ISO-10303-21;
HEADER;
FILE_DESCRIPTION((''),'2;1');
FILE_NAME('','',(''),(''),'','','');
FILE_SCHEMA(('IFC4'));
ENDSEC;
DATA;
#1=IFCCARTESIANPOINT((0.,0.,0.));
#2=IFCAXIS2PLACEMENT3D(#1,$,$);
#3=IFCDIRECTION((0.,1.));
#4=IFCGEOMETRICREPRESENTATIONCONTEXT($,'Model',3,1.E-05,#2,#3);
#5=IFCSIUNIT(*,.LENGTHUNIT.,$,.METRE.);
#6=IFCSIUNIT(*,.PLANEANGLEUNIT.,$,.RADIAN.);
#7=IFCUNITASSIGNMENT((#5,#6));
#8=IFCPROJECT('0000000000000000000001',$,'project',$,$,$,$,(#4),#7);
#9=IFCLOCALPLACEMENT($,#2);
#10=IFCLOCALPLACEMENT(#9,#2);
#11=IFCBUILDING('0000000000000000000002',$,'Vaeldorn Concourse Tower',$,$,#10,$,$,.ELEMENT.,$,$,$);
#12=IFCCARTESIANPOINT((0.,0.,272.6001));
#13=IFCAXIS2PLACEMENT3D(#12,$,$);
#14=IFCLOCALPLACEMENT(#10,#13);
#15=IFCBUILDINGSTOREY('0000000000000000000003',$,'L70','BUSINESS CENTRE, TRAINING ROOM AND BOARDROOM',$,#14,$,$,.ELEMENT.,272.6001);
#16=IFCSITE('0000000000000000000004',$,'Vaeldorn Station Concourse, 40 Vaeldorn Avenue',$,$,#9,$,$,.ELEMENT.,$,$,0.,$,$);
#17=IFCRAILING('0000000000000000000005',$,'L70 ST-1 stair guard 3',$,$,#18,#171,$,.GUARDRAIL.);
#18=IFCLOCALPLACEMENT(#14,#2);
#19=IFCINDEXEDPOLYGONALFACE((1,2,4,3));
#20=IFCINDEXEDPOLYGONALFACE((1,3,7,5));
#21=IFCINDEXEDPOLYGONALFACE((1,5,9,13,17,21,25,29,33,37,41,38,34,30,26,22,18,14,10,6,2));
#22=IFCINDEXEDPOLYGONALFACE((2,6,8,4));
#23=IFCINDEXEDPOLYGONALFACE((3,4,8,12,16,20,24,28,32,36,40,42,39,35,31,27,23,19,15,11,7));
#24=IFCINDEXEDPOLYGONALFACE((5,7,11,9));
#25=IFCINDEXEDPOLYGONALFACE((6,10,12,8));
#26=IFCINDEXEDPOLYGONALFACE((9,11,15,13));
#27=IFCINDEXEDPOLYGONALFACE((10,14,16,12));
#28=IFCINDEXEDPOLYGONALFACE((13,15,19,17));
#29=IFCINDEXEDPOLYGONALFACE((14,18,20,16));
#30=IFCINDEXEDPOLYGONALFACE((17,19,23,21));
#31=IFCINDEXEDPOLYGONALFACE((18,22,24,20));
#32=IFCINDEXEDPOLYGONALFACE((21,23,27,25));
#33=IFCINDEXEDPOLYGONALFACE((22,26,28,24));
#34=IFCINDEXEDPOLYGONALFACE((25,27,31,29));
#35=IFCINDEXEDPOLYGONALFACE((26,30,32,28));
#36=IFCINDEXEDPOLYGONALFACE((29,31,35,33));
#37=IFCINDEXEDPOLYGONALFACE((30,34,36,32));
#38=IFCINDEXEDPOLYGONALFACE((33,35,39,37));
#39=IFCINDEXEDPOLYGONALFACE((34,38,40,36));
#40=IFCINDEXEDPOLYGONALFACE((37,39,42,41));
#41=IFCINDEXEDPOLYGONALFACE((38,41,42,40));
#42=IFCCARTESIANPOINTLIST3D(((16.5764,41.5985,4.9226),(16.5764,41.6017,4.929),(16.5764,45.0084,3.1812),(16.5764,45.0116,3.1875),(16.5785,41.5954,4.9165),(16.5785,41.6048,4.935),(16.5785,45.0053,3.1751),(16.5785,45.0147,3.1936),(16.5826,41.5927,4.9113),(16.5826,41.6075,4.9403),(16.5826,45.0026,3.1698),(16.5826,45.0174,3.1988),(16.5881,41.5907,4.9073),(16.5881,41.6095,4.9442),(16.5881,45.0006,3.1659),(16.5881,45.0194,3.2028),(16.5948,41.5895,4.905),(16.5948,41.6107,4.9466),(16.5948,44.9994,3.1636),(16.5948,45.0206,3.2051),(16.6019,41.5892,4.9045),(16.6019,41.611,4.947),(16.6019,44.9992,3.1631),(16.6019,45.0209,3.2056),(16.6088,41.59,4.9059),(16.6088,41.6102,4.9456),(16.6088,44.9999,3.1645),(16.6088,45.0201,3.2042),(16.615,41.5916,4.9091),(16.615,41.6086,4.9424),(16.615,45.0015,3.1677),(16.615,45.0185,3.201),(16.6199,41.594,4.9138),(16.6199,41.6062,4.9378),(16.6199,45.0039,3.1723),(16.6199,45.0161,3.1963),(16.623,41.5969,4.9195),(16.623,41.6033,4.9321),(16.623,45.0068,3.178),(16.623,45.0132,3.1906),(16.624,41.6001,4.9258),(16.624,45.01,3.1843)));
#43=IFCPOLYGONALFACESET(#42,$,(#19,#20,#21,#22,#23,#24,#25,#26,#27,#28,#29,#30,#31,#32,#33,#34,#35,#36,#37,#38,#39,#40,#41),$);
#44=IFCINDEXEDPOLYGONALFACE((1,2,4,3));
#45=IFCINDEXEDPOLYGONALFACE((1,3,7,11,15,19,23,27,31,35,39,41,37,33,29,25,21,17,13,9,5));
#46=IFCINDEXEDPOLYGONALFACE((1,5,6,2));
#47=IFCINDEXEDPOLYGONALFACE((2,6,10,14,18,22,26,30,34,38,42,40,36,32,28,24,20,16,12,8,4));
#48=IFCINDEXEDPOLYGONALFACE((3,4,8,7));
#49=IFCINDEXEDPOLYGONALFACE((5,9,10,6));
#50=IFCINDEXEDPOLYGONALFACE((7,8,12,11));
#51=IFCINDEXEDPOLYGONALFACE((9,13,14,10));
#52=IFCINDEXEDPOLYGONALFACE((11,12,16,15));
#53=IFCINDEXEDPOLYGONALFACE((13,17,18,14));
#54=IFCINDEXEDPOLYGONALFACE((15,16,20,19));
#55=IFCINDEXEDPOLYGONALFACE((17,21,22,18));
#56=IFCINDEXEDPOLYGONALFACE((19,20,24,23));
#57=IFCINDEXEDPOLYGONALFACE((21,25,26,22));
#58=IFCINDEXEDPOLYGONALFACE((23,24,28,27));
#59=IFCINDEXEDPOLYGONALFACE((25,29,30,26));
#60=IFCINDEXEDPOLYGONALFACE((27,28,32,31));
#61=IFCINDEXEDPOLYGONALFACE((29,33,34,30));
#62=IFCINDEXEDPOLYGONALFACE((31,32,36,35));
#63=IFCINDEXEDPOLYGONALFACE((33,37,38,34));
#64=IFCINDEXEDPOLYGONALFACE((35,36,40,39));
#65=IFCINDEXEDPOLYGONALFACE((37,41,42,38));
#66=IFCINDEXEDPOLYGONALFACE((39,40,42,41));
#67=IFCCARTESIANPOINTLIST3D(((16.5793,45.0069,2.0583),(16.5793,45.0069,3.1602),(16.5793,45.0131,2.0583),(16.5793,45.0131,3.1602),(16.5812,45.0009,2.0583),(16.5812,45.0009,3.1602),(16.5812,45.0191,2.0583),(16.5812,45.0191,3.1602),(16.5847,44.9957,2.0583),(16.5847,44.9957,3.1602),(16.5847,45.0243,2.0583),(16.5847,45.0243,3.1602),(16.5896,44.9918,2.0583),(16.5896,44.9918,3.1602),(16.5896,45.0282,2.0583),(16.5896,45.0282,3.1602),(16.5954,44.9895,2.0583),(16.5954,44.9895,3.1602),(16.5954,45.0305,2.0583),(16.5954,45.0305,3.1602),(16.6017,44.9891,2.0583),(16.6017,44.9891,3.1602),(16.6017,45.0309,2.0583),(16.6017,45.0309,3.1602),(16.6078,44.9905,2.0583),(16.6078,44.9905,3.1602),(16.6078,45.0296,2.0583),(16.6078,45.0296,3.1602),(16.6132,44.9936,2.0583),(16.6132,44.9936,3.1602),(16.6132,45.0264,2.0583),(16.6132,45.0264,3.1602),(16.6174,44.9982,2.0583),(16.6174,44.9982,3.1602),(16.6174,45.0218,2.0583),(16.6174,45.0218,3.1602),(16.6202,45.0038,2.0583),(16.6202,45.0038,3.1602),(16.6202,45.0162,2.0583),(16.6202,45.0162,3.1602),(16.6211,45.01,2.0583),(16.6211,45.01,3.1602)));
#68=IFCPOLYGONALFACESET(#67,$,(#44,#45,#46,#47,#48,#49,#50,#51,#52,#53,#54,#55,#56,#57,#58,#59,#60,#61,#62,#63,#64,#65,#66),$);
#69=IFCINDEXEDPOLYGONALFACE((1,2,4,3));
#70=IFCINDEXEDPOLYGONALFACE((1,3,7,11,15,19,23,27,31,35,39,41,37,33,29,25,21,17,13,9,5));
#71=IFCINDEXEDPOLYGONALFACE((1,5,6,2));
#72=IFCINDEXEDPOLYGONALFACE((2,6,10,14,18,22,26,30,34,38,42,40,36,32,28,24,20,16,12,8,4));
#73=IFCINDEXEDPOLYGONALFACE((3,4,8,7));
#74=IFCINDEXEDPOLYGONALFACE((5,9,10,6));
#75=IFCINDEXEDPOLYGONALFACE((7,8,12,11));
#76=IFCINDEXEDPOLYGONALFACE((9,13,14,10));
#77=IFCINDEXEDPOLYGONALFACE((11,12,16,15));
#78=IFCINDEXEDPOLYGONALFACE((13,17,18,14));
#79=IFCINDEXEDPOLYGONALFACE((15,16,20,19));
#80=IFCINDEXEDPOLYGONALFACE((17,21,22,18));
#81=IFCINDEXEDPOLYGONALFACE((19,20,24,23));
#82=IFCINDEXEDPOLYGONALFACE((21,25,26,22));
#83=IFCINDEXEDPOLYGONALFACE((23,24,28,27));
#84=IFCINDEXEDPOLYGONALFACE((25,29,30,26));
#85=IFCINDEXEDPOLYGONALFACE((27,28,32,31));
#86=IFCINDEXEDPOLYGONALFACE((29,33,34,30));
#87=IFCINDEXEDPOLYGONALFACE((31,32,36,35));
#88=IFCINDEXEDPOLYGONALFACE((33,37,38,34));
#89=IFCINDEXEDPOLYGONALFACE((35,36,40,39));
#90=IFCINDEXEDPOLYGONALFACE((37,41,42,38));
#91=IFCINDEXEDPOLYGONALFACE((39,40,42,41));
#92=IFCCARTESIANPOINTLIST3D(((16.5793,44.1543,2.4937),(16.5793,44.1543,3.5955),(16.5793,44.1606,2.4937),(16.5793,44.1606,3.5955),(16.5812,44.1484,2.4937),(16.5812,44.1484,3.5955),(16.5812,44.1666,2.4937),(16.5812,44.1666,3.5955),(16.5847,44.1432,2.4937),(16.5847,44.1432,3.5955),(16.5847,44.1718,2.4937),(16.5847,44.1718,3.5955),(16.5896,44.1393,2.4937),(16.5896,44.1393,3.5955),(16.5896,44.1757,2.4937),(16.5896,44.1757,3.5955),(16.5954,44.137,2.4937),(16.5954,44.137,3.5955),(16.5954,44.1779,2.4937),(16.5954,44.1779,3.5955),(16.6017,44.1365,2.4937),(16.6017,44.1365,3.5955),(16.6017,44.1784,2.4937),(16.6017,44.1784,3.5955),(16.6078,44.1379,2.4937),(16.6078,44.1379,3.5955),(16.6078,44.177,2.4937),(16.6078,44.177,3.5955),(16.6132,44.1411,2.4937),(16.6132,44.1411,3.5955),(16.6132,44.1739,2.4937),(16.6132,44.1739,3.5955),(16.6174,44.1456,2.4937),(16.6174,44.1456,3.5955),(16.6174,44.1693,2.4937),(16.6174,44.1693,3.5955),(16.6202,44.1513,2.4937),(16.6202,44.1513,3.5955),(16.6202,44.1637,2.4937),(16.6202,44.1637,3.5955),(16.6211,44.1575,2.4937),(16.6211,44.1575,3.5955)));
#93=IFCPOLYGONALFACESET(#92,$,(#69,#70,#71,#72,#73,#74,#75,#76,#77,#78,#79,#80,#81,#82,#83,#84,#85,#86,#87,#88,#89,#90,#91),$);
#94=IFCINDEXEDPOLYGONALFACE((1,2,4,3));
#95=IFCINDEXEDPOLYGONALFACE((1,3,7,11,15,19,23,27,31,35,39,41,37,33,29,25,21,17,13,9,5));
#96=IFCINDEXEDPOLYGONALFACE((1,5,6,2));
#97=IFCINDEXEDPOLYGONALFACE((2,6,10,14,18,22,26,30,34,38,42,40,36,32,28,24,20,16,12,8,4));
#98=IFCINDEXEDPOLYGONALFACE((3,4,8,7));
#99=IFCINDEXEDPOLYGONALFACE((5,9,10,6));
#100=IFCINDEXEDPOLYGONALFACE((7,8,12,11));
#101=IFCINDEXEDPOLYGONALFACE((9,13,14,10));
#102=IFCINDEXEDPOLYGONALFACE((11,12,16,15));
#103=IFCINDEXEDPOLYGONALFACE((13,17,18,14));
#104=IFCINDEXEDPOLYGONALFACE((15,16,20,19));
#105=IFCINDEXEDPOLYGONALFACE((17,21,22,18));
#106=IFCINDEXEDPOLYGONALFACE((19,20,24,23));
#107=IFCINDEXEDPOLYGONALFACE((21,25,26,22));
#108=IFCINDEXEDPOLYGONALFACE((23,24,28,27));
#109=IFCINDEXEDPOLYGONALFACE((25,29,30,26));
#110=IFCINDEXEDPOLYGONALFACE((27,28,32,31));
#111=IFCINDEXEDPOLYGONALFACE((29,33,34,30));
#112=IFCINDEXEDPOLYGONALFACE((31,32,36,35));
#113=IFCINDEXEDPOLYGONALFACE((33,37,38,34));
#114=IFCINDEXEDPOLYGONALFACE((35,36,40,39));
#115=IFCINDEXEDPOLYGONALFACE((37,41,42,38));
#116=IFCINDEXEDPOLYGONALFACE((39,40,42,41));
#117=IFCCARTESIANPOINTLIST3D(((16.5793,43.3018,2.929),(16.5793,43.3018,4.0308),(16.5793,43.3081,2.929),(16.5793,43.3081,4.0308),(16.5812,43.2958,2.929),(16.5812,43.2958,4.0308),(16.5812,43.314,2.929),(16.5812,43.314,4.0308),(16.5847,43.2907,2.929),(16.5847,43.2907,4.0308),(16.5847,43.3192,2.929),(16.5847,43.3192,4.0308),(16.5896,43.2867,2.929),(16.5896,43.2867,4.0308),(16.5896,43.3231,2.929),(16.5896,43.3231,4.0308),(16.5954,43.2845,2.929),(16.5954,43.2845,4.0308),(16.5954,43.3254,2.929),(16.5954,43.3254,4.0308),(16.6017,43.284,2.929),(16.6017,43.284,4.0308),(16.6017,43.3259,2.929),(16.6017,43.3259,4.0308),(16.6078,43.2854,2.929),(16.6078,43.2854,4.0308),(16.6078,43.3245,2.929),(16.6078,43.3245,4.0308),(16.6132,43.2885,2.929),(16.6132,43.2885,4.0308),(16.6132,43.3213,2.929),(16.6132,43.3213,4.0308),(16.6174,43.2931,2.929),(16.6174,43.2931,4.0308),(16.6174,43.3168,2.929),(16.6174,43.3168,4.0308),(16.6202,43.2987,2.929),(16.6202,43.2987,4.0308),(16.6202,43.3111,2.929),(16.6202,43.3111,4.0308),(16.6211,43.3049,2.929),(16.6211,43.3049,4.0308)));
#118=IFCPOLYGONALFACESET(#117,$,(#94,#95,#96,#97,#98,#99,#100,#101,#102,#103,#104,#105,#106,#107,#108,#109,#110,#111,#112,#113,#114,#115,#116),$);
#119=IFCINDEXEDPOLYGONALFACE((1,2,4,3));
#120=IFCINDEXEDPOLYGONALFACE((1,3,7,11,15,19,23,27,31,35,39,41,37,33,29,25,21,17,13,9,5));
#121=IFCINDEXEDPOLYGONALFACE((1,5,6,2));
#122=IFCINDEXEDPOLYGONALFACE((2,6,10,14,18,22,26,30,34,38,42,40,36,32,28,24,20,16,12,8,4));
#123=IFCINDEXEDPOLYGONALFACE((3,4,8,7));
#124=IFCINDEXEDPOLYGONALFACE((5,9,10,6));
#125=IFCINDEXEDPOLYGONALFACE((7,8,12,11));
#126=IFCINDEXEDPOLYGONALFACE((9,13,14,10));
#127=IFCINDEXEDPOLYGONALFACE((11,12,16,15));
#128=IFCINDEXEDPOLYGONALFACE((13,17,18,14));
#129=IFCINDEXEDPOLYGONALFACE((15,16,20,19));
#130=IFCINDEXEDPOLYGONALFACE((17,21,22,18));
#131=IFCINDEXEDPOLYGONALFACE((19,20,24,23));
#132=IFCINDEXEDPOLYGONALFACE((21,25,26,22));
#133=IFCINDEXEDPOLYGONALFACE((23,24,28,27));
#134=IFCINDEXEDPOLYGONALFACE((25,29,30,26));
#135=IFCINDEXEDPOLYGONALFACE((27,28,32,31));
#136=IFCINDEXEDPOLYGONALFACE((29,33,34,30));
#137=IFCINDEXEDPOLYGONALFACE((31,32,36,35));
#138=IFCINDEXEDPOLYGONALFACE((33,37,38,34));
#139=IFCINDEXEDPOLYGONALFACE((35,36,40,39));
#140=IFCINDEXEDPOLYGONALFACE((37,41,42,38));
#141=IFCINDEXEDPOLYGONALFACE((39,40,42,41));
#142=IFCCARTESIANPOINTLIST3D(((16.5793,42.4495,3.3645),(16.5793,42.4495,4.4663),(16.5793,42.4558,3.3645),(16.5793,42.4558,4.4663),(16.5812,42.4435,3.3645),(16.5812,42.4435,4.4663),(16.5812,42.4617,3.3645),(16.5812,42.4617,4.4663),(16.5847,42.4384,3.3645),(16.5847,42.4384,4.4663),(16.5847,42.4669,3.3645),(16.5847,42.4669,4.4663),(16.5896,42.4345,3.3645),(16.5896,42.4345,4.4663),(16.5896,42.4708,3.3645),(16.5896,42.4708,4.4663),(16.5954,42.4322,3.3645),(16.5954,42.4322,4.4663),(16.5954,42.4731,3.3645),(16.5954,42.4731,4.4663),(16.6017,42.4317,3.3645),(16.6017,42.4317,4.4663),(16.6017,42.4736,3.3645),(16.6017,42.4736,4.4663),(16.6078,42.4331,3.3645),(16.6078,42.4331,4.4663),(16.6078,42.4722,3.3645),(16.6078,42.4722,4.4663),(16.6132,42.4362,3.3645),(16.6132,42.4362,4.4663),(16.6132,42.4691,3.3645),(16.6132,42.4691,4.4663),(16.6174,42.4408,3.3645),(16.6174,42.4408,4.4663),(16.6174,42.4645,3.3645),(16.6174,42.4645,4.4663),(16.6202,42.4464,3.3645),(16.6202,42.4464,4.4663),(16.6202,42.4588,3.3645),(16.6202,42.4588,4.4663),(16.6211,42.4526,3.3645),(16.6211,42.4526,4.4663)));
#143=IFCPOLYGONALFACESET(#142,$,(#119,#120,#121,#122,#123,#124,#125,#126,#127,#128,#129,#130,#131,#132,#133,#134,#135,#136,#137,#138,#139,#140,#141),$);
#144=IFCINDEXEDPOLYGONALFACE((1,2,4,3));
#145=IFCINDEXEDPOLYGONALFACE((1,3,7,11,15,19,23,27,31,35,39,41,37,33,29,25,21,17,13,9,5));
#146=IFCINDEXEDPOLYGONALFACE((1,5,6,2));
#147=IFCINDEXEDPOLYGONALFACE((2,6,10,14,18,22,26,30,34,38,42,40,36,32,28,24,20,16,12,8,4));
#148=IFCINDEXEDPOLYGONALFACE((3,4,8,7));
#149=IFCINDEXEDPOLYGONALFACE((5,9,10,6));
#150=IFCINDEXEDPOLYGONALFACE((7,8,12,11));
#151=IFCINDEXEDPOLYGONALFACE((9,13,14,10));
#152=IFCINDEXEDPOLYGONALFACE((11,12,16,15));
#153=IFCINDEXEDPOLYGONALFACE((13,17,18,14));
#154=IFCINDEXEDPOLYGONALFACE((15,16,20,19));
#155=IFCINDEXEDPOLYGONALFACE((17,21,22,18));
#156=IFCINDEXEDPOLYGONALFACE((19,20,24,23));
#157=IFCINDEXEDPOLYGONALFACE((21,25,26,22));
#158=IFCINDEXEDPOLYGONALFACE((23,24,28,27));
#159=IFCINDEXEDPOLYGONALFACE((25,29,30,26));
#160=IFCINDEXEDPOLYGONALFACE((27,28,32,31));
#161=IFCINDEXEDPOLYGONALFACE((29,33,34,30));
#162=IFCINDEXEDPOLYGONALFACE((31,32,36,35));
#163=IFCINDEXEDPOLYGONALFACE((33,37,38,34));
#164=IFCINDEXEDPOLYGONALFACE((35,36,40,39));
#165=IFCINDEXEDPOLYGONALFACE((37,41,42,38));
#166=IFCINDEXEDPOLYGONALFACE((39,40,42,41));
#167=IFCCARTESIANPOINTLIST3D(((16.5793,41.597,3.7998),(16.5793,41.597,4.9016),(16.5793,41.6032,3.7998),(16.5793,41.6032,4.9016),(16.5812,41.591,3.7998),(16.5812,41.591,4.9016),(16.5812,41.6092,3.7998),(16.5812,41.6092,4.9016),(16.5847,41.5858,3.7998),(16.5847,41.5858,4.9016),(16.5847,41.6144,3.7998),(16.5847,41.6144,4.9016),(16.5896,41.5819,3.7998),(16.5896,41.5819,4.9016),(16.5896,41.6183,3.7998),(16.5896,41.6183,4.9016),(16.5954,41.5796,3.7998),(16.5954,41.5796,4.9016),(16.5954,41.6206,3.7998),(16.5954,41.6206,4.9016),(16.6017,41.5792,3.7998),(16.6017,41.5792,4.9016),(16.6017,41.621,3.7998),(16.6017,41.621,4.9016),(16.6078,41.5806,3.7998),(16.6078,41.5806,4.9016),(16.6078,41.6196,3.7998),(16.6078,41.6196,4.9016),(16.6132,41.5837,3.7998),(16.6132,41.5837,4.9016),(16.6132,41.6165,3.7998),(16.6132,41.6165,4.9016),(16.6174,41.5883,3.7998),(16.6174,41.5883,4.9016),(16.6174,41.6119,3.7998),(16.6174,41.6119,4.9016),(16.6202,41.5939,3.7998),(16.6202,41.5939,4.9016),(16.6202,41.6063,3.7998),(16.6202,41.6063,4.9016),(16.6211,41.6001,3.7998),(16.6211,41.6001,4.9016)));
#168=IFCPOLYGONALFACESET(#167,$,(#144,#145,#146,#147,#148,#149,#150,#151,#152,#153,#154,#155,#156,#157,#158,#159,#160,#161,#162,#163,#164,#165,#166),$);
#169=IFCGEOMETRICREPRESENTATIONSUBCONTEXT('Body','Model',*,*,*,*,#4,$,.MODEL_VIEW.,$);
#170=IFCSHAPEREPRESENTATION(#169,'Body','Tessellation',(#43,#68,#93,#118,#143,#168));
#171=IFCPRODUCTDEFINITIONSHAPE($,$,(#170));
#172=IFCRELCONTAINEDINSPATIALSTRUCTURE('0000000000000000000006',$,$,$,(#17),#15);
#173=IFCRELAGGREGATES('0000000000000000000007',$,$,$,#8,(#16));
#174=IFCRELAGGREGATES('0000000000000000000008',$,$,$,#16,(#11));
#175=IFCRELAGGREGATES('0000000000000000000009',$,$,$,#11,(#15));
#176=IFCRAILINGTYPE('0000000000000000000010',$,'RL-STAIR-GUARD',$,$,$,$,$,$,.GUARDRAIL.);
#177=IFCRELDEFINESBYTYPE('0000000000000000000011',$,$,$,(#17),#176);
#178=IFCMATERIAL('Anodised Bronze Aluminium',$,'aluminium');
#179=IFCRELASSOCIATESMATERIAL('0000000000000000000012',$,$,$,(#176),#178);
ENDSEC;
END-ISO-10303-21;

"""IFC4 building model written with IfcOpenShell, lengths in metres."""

from ifc_helpers import new_model, si_unit, direction, frame, origin, origin_2d, place, context, subcontext, project, spatial, circle, extrude, material, type_object, element, save


model = new_model("IFC4")

# Units and contexts
model_context = context("Model", 3, precision=1e-05, world=origin(), true_north=direction((0.0, 1.0)))
body_context = subcontext(model_context, "Body", "Model", "MODEL_VIEW")
ifc_project = project(units=[si_unit("LENGTHUNIT", "METRE"), si_unit("PLANEANGLEUNIT", "RADIAN")], contexts=[model_context])

# Site, building, storey
site_placement = place(None, origin())
site = spatial("IfcSite", under=ifc_project, at=site_placement, Name="Vaeldorn Station Concourse, 40 Vaeldorn Avenue", CompositionType="ELEMENT", RefElevation=0.0)
building_placement = place(site_placement, origin())
building = spatial("IfcBuilding", under=site, at=building_placement, Name="Vaeldorn Concourse Tower", CompositionType="ELEMENT")
storey_placement = place(building_placement, frame((0.0, 0.0, 272.6001)))
storey = spatial("IfcBuildingStorey", under=building, at=storey_placement, Name="L70", Description="BUSINESS CENTRE, TRAINING ROOM AND BOARDROOM", CompositionType="ELEMENT", Elevation=272.6001)

# Shared definitions
ifc_material_1 = material(Name="Anodised Bronze Aluminium", Category="aluminium")

# Railing
railing_type_1 = type_object("IfcRailingType", Name="RL-STAIR-GUARD", PredefinedType="GUARDRAIL", material=ifc_material_1)
railing_1_placement = place(storey_placement, frame((16.6001, 45.01, 2.0583)))
element("IfcRailing", 1, at=railing_1_placement, inside=storey, type_object=railing_type_1, Name="L70 ST-1 stair guard 3", PredefinedType="GUARDRAIL", context=body_context, shape_type="SweptSolid", body=[
    extrude(circle(Radius=0.0239, at=origin_2d()), frame((0.0, 0.0, 1.126), z_axis=(0.0, -0.890582, 0.454823), x_axis=(1.0, 0.0, 0.0)), (0.0, 0.0, 1.0), 3.8289),
    extrude(circle(Radius=0.021, at=origin_2d()), origin(), (0.0, 0.0, 1.0), 1.1018),
    extrude(circle(Radius=0.021, at=origin_2d()), frame((0.0, -0.8525, 0.4353)), (0.0, 0.0, 1.0), 1.1018),
    extrude(circle(Radius=0.021, at=origin_2d()), frame((0.0, -1.7051, 0.8706)), (0.0, 0.0, 1.0), 1.1018),
    extrude(circle(Radius=0.021, at=origin_2d()), frame((0.0, -2.5574, 1.3062)), (0.0, 0.0, 1.0), 1.1018),
    extrude(circle(Radius=0.021, at=origin_2d()), frame((0.0, -3.4099, 1.7415)), (0.0, 0.0, 1.0), 1.1018),
])

save(model, "model.ifc")
